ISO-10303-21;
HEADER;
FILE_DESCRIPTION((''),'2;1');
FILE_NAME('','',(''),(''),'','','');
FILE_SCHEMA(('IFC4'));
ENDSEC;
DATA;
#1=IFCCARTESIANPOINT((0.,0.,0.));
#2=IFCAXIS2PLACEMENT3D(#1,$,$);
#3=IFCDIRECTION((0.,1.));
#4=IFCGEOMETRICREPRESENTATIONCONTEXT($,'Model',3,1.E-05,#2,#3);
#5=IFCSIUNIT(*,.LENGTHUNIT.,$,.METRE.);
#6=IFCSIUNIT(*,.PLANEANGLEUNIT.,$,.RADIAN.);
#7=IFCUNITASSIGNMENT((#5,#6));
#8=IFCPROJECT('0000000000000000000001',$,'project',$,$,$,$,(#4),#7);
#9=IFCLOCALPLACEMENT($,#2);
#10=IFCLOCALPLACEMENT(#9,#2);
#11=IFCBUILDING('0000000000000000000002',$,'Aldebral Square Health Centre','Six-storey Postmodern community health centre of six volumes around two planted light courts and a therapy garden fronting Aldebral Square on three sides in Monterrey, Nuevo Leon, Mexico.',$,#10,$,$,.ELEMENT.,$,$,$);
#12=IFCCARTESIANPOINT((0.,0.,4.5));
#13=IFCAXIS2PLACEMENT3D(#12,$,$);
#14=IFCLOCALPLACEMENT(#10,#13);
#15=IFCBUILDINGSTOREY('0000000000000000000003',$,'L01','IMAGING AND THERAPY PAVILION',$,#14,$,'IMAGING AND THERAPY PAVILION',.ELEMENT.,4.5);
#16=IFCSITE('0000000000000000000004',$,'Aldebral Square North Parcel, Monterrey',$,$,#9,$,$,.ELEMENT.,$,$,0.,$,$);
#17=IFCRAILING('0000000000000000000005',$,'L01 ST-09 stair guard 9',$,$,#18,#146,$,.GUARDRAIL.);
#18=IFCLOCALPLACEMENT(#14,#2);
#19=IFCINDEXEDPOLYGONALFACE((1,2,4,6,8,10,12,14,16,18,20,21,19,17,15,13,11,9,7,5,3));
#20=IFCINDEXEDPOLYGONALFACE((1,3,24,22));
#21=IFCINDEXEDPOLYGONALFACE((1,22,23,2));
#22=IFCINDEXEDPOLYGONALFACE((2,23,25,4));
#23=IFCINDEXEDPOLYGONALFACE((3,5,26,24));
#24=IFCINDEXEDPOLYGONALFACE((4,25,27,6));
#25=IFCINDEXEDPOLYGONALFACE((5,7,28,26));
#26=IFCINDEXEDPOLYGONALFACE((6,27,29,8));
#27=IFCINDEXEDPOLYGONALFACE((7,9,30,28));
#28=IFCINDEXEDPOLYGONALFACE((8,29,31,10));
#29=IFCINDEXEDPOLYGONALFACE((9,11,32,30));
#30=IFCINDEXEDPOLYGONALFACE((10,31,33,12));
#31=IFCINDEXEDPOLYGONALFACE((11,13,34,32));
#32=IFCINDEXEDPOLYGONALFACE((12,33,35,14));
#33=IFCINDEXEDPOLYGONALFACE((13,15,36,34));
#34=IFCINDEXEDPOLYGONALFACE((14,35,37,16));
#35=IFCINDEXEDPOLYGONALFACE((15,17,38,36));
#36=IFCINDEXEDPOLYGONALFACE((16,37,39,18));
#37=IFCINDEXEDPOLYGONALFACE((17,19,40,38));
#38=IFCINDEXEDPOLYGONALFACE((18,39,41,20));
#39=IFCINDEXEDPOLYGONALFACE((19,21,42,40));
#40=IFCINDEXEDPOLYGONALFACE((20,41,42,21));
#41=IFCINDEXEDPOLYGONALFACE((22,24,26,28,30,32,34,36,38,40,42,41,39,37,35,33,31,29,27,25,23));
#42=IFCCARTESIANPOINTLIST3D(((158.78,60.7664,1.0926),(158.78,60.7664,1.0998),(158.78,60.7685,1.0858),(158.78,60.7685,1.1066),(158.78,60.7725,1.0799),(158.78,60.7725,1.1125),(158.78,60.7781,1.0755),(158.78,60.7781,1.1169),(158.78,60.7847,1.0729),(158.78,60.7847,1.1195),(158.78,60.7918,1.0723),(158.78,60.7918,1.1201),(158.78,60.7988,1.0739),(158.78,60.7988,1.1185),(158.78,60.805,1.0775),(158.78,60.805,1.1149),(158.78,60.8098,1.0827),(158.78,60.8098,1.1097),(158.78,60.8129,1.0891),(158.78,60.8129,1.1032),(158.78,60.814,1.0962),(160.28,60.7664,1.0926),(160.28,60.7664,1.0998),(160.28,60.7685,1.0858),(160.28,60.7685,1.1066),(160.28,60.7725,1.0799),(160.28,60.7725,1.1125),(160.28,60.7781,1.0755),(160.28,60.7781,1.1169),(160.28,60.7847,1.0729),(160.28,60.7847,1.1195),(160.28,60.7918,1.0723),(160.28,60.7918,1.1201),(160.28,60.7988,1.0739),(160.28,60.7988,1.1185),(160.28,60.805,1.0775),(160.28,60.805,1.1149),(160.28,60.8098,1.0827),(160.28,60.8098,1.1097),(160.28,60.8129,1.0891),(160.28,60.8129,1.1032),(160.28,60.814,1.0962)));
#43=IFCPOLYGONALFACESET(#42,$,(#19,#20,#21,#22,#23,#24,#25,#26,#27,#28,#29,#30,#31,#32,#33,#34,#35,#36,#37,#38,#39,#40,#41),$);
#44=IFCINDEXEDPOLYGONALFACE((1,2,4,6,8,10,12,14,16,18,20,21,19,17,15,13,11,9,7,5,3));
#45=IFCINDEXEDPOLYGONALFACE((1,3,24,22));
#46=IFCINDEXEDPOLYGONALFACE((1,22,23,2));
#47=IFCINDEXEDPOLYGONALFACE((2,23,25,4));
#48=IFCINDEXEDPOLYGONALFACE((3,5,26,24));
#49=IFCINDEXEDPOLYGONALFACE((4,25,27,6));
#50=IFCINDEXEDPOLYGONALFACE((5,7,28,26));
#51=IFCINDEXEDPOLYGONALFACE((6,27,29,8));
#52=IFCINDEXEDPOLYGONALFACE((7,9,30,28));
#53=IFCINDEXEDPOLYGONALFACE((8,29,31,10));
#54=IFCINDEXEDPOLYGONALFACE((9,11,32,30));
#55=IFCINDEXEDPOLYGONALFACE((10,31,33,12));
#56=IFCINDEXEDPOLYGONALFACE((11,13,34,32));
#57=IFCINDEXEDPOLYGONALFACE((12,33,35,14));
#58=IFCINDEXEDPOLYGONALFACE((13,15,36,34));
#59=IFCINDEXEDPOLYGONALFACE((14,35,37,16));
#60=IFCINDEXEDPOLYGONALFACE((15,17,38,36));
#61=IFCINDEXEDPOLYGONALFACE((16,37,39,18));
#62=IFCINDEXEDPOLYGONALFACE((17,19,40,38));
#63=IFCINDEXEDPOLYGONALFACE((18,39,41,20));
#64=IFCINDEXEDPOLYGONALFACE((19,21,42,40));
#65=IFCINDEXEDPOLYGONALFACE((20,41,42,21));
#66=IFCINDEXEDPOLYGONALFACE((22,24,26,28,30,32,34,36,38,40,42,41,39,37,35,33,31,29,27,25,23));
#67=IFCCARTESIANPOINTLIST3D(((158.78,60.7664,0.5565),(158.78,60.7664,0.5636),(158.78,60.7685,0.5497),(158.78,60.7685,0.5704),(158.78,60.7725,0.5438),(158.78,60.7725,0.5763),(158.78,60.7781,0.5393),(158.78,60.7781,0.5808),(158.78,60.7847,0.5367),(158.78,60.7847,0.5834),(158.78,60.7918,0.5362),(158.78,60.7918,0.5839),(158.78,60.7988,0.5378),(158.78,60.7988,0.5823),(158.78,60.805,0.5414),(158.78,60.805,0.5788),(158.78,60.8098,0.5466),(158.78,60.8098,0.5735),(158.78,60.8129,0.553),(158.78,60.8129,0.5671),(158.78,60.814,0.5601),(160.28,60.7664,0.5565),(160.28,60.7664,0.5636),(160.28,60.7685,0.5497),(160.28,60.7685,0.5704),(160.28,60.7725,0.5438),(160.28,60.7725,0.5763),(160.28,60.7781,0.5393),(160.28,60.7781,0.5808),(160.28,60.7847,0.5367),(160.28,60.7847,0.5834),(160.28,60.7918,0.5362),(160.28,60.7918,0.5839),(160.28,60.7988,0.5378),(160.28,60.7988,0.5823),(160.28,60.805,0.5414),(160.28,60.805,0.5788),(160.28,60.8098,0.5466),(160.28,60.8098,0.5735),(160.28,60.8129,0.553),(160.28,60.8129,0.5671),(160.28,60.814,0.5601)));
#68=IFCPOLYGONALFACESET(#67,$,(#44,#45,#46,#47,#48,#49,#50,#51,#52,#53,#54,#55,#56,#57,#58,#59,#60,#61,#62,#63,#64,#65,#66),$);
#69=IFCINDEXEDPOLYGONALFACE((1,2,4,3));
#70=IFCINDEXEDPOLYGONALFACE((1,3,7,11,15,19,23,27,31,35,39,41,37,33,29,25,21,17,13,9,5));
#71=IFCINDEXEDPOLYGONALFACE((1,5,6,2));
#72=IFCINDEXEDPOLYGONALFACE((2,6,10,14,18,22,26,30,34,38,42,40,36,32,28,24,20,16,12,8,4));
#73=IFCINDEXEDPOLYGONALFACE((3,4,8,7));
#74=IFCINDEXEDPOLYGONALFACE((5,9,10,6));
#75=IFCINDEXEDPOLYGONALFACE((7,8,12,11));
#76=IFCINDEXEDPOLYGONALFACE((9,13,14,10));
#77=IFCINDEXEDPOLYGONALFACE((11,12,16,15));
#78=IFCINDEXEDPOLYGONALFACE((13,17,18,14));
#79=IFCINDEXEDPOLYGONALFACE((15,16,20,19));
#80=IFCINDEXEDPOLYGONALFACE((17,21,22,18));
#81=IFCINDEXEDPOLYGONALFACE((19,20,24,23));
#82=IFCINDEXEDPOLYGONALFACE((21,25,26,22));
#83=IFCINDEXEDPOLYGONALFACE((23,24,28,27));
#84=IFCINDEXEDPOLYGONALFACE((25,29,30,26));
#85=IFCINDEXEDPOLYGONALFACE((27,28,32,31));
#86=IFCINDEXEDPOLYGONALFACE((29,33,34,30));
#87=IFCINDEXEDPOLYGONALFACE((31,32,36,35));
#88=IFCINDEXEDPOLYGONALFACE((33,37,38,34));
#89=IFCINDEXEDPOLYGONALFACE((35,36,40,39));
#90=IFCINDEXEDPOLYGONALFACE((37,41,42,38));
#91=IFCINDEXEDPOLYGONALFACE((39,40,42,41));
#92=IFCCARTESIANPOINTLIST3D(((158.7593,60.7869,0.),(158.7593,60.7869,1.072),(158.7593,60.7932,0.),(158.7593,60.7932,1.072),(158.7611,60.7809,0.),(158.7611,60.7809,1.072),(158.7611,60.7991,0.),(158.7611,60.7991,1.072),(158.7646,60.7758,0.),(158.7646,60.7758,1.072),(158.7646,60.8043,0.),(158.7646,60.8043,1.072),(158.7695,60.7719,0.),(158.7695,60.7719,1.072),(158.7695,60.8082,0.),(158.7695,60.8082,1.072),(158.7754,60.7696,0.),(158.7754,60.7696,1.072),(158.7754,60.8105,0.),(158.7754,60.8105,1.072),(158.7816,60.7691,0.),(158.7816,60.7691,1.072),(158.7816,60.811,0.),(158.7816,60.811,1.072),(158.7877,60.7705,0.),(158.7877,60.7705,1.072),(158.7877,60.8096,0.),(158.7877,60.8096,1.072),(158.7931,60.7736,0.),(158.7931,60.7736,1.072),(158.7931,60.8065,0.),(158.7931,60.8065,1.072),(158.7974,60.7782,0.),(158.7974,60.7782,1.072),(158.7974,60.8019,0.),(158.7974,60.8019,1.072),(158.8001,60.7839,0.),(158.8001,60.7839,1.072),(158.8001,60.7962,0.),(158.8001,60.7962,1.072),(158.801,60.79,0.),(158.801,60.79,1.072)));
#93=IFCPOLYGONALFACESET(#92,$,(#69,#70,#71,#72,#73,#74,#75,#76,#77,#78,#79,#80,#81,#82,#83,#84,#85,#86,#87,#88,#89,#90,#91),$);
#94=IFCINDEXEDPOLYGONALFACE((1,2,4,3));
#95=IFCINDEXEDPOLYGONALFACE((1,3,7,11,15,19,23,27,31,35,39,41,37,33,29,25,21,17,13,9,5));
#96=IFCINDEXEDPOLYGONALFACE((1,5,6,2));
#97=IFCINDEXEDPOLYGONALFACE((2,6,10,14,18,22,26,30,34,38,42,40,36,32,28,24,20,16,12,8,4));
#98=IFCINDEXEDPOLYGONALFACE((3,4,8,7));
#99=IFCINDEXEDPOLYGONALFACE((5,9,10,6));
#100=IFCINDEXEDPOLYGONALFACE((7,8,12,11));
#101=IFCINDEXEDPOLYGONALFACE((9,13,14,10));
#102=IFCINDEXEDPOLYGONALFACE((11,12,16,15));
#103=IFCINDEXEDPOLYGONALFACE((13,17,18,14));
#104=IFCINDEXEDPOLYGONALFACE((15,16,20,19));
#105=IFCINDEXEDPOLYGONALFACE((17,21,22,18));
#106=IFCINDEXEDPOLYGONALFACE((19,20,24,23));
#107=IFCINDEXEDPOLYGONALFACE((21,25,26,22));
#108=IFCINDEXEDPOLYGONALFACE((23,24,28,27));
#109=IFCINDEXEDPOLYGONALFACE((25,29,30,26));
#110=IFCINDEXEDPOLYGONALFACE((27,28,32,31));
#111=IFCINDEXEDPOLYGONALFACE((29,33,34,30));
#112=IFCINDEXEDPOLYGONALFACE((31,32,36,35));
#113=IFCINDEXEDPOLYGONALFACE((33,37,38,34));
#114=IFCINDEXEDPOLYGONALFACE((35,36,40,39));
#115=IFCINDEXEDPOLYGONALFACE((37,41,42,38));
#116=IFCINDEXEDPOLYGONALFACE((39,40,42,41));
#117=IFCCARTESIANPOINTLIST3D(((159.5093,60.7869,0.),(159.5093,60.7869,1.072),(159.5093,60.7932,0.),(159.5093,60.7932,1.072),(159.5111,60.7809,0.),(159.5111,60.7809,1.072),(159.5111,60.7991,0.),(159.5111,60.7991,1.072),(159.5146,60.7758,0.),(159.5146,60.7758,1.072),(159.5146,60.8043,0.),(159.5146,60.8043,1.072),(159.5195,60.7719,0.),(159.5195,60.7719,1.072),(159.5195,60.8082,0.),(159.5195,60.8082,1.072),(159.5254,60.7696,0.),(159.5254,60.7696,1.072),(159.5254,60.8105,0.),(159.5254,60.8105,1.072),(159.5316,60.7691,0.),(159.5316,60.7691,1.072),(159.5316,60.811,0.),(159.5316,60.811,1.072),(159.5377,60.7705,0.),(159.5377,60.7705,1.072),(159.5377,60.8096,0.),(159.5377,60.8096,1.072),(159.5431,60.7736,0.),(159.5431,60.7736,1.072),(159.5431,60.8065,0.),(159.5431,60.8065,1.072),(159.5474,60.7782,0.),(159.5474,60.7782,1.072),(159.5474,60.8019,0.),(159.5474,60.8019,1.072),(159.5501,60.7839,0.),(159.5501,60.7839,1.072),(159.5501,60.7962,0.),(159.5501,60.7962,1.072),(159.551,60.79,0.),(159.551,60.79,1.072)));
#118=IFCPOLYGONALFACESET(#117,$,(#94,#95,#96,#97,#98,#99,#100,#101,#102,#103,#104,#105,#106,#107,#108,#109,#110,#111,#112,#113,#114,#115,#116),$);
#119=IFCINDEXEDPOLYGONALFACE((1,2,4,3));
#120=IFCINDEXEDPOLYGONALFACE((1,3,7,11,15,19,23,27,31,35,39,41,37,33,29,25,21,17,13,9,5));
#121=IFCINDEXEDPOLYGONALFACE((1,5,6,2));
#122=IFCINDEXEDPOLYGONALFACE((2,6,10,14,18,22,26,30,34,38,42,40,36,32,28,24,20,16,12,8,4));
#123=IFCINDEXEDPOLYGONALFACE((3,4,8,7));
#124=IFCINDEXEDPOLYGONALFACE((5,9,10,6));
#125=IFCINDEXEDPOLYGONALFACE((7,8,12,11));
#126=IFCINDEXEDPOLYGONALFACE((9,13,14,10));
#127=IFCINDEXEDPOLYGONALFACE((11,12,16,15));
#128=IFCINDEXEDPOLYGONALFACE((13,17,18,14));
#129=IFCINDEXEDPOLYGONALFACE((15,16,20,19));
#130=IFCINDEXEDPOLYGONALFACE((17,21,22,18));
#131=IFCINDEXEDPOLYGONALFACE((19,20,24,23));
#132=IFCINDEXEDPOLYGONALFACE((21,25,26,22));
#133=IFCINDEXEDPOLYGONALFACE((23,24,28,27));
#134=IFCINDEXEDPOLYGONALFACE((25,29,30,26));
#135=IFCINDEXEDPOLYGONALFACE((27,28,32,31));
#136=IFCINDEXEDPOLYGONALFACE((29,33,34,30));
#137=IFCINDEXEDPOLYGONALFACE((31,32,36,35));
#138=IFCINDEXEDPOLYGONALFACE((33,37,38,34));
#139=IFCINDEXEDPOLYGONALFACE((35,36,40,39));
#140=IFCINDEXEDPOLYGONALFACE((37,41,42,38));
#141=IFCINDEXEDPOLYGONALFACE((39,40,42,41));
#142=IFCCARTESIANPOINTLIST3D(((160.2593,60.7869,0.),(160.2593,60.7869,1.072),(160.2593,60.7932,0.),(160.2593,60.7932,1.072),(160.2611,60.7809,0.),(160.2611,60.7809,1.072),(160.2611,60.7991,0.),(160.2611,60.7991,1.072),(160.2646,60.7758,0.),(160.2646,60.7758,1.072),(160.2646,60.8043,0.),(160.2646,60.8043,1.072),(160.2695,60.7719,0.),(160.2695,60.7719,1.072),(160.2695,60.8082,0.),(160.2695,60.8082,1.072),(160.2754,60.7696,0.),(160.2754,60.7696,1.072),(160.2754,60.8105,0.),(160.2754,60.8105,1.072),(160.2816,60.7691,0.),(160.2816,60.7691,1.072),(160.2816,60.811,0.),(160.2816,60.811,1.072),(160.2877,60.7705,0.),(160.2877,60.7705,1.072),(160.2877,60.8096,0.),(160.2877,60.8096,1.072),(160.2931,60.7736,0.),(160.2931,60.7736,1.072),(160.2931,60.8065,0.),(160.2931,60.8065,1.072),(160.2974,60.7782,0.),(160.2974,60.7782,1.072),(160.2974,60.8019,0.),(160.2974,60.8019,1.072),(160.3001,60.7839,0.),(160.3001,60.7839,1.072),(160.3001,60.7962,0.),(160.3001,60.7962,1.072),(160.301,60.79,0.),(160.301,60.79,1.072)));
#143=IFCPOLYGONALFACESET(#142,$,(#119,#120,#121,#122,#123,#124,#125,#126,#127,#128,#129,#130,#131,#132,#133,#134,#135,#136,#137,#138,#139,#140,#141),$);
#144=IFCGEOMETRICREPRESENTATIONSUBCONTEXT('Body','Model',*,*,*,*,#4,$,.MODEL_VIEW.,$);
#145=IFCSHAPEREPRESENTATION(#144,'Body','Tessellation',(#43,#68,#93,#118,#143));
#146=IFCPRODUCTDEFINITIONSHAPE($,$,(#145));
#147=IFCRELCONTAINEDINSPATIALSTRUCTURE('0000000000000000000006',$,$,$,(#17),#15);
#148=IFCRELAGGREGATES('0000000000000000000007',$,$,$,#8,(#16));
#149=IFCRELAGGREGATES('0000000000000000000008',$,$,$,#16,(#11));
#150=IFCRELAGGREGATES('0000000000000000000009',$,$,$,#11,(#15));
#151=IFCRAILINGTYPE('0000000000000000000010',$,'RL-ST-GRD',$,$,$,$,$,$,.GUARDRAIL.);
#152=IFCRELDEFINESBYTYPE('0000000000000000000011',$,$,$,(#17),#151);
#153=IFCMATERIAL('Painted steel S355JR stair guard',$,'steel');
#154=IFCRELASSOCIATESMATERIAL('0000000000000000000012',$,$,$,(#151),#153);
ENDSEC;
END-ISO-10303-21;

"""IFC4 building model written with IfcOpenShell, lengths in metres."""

from ifc_helpers import new_model, si_unit, direction, frame, origin, origin_2d, place, context, subcontext, project, spatial, circle, extrude, material, type_object, element, save


model = new_model("IFC4")

# Units and contexts
model_context = context("Model", 3, precision=1e-05, world=origin(), true_north=direction((0.0, 1.0)))
body_context = subcontext(model_context, "Body", "Model", "MODEL_VIEW")
ifc_project = project(units=[si_unit("LENGTHUNIT", "METRE"), si_unit("PLANEANGLEUNIT", "RADIAN")], contexts=[model_context])

# Site, building, storey
site_placement = place(None, origin())
site = spatial("IfcSite", under=ifc_project, at=site_placement, Name="Aldebral Square North Parcel, Monterrey", CompositionType="ELEMENT", RefElevation=0.0)
building_placement = place(site_placement, origin())
building = spatial("IfcBuilding", under=site, at=building_placement, Name="Aldebral Square Health Centre", Description="Six-storey Postmodern community health centre of six volumes around two planted light courts and a therapy garden fronting Aldebral Square on three sides in Monterrey, Nuevo Leon, Mexico.", CompositionType="ELEMENT")
storey_placement = place(building_placement, frame((0.0, 0.0, 4.5)))
storey = spatial("IfcBuildingStorey", under=building, at=storey_placement, Name="L01", Description="IMAGING AND THERAPY PAVILION", LongName="IMAGING AND THERAPY PAVILION", CompositionType="ELEMENT", Elevation=4.5)

# Railing
ifc_material_1 = material(Name="Painted steel S355JR stair guard", Category="steel")
railing_type_1 = type_object("IfcRailingType", Name="RL-ST-GRD", PredefinedType="GUARDRAIL", material=ifc_material_1)
railing_1_placement = place(storey_placement, frame((158.78, 60.79, 0.0)))
element("IfcRailing", 1, at=railing_1_placement, inside=storey, type_object=railing_type_1, Name="L01 ST-09 stair guard 9", PredefinedType="GUARDRAIL", context=body_context, shape_type="SweptSolid", body=[
    extrude(circle(Radius=0.0239, at=origin_2d()), frame((0.0, 0.0, 1.0962), z_axis=(1.0, 0.0, 0.0), x_axis=(0.0, 1.0, 0.0)), (0.0, 0.0, 1.0), 1.5),
    extrude(circle(Radius=0.0239, at=origin_2d()), frame((0.0, 0.0, 0.5601), z_axis=(1.0, 0.0, 0.0), x_axis=(0.0, 1.0, 0.0)), (0.0, 0.0, 1.0), 1.5),
    extrude(circle(Radius=0.021, at=origin_2d()), origin(), (0.0, 0.0, 1.0), 1.072),
    extrude(circle(Radius=0.021, at=origin_2d()), frame((0.75, 0.0, 0.0)), (0.0, 0.0, 1.0), 1.072),
    extrude(circle(Radius=0.021, at=origin_2d()), frame((1.5, 0.0, 0.0)), (0.0, 0.0, 1.0), 1.072),
])

save(model, "model.ifc")
